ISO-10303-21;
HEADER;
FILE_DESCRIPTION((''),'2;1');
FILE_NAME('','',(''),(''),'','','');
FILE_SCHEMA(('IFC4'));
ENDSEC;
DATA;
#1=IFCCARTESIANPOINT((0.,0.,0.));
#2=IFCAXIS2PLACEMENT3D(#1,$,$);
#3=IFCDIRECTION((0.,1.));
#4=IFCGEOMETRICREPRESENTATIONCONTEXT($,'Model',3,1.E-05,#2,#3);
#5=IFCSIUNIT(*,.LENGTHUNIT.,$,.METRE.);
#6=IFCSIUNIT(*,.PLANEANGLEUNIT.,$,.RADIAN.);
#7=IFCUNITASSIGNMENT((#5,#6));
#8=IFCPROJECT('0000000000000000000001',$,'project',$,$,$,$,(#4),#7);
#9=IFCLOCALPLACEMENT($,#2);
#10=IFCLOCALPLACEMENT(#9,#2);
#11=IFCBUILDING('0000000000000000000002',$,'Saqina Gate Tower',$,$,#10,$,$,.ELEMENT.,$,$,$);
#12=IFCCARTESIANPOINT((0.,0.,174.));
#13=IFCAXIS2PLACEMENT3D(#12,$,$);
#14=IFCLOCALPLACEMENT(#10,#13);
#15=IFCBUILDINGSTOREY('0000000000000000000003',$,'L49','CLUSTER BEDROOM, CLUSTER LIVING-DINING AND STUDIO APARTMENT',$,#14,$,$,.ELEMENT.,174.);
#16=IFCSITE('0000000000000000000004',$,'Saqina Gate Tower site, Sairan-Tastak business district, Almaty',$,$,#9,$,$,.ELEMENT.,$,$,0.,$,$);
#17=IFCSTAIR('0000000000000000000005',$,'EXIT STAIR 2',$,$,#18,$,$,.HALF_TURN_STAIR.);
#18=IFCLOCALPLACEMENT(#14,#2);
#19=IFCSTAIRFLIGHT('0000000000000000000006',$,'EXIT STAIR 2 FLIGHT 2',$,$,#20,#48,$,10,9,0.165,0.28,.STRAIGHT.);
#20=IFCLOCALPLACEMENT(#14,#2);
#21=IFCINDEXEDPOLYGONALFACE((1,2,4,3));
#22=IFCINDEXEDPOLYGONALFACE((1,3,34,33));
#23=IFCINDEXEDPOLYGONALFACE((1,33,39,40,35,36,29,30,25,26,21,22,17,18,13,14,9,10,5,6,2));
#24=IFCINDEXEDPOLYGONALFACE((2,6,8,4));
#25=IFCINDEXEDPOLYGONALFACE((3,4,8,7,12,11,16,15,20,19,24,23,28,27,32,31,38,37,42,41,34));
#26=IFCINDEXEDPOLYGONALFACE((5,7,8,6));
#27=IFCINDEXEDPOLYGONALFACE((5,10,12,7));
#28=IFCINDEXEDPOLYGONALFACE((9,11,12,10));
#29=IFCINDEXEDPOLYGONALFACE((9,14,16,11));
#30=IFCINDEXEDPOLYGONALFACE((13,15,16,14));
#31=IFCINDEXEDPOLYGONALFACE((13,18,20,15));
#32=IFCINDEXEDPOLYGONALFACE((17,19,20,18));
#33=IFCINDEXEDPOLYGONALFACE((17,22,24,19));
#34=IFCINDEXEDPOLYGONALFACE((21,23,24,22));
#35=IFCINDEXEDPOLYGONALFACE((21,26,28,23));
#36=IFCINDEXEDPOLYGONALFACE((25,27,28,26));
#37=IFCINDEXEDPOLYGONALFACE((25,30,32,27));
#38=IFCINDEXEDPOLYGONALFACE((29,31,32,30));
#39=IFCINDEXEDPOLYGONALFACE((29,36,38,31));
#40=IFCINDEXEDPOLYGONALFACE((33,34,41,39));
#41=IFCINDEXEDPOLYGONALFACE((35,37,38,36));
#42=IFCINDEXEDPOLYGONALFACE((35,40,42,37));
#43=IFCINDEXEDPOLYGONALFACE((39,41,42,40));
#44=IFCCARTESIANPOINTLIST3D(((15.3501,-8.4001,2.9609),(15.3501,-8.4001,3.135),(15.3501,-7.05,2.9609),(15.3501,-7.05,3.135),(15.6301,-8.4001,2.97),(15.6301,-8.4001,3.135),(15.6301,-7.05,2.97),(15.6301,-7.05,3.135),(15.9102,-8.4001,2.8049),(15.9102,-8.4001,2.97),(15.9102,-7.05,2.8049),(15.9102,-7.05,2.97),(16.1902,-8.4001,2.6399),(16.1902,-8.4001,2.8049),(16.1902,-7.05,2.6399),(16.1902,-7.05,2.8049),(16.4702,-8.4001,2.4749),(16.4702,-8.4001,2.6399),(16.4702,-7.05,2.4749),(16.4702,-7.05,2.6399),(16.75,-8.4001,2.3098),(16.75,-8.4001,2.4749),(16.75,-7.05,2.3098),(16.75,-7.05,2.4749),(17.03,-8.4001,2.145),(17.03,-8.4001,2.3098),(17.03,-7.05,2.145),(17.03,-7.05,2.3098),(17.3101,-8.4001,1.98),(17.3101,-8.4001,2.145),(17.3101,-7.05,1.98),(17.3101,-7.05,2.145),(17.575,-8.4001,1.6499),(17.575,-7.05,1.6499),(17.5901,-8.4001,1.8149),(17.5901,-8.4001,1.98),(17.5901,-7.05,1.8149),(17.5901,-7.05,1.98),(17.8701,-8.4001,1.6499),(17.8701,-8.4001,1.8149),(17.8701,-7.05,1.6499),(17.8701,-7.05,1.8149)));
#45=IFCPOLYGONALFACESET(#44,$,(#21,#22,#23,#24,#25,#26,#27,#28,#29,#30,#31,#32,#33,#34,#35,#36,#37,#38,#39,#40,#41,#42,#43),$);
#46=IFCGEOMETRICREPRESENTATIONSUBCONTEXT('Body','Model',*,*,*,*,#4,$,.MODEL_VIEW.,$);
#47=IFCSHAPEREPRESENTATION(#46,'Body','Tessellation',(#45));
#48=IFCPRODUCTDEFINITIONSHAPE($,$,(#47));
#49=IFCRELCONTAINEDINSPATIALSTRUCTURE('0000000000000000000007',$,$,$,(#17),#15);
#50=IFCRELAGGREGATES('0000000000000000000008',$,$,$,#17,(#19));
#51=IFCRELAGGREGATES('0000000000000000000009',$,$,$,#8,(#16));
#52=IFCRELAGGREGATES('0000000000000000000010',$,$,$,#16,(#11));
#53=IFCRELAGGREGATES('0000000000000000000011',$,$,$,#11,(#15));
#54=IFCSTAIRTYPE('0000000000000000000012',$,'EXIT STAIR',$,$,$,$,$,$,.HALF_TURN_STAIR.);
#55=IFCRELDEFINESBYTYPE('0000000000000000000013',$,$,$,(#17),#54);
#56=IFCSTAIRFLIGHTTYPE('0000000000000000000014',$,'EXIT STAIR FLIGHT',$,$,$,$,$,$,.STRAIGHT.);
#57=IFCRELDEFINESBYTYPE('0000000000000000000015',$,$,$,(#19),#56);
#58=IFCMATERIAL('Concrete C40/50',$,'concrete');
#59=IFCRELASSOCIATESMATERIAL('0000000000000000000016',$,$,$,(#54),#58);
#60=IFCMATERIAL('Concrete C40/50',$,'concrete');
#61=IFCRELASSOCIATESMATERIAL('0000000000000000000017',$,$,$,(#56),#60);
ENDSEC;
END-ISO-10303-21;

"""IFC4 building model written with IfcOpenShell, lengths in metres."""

from ifc_helpers import new_model, si_unit, direction, frame, origin, place, context, subcontext, project, spatial, polyline, outline, extrude, material, type_object, element, aggregate, save


model = new_model("IFC4")

# Units and contexts
model_context = context("Model", 3, precision=1e-05, world=origin(), true_north=direction((0.0, 1.0)))
body_context = subcontext(model_context, "Body", "Model", "MODEL_VIEW")
ifc_project = project(units=[si_unit("LENGTHUNIT", "METRE"), si_unit("PLANEANGLEUNIT", "RADIAN")], contexts=[model_context])

# Site, building, storey
site_placement = place(None, origin())
site = spatial("IfcSite", under=ifc_project, at=site_placement, Name="Saqina Gate Tower site, Sairan-Tastak business district, Almaty", CompositionType="ELEMENT", RefElevation=0.0)
building_placement = place(site_placement, origin())
building = spatial("IfcBuilding", under=site, at=building_placement, Name="Saqina Gate Tower", CompositionType="ELEMENT")
storey_placement = place(building_placement, frame((0.0, 0.0, 174.0)))
storey = spatial("IfcBuildingStorey", under=building, at=storey_placement, Name="L49", Description="CLUSTER BEDROOM, CLUSTER LIVING-DINING AND STUDIO APARTMENT", CompositionType="ELEMENT", Elevation=174.0)

# Stair, stair flight
ifc_material_1 = material(Name="Concrete C40/50", Category="concrete")
stair_type = type_object("IfcStairType", Name="EXIT STAIR", PredefinedType="HALF_TURN_STAIR", material=ifc_material_1)
stair_placement = place(storey_placement, origin())
stair = element("IfcStair", 1, at=stair_placement, inside=storey, type_object=stair_type, Name="EXIT STAIR 2", PredefinedType="HALF_TURN_STAIR")
ifc_material_2 = material(Name="Concrete C40/50", Category="concrete")
stair_flight_type = type_object("IfcStairFlightType", Name="EXIT STAIR FLIGHT", PredefinedType="STRAIGHT", material=ifc_material_2)
stair_flight_1_placement = place(storey_placement, frame((17.8701, -7.7251, 1.6499), z_axis=(0.0, 0.0, 1.0), x_axis=(-1.0, 0.0, 0.0)))
stair_flight_1 = element("IfcStairFlight", 2, at=stair_flight_1_placement, type_object=stair_flight_type, Name="EXIT STAIR 2 FLIGHT 2", NumberOfRisers=10, NumberOfTreads=9, PredefinedType="STRAIGHT", RiserHeight=0.165, TreadLength=0.28, context=body_context, shape_type="SweptSolid", body=[
    extrude(outline(polyline([(0.0, 0.0), (0.0, 0.165), (0.28, 0.165), (0.28, 0.3301), (0.5601, 0.3301), (0.5601, 0.4951), (0.8401, 0.4951), (0.8401, 0.6599), (1.1201, 0.6599), (1.1201, 0.825), (1.3999, 0.825), (1.3999, 0.99), (1.6799, 0.99), (1.6799, 1.155), (1.96, 1.155), (1.96, 1.3201), (2.24, 1.3201), (2.24, 1.4851), (2.52, 1.4851), (2.52, 1.6499), (2.52, 1.311), (0.2952, 0.0), (0.0, 0.0)])), frame((0.0, 0.675, 0.0), z_axis=(0.0, -1.0, 0.0), x_axis=(1.0, 0.0, 0.0)), (0.0, 0.0, 1.0), 1.3501),
])
aggregate(stair, [stair_flight_1])

save(model, "model.ifc")
